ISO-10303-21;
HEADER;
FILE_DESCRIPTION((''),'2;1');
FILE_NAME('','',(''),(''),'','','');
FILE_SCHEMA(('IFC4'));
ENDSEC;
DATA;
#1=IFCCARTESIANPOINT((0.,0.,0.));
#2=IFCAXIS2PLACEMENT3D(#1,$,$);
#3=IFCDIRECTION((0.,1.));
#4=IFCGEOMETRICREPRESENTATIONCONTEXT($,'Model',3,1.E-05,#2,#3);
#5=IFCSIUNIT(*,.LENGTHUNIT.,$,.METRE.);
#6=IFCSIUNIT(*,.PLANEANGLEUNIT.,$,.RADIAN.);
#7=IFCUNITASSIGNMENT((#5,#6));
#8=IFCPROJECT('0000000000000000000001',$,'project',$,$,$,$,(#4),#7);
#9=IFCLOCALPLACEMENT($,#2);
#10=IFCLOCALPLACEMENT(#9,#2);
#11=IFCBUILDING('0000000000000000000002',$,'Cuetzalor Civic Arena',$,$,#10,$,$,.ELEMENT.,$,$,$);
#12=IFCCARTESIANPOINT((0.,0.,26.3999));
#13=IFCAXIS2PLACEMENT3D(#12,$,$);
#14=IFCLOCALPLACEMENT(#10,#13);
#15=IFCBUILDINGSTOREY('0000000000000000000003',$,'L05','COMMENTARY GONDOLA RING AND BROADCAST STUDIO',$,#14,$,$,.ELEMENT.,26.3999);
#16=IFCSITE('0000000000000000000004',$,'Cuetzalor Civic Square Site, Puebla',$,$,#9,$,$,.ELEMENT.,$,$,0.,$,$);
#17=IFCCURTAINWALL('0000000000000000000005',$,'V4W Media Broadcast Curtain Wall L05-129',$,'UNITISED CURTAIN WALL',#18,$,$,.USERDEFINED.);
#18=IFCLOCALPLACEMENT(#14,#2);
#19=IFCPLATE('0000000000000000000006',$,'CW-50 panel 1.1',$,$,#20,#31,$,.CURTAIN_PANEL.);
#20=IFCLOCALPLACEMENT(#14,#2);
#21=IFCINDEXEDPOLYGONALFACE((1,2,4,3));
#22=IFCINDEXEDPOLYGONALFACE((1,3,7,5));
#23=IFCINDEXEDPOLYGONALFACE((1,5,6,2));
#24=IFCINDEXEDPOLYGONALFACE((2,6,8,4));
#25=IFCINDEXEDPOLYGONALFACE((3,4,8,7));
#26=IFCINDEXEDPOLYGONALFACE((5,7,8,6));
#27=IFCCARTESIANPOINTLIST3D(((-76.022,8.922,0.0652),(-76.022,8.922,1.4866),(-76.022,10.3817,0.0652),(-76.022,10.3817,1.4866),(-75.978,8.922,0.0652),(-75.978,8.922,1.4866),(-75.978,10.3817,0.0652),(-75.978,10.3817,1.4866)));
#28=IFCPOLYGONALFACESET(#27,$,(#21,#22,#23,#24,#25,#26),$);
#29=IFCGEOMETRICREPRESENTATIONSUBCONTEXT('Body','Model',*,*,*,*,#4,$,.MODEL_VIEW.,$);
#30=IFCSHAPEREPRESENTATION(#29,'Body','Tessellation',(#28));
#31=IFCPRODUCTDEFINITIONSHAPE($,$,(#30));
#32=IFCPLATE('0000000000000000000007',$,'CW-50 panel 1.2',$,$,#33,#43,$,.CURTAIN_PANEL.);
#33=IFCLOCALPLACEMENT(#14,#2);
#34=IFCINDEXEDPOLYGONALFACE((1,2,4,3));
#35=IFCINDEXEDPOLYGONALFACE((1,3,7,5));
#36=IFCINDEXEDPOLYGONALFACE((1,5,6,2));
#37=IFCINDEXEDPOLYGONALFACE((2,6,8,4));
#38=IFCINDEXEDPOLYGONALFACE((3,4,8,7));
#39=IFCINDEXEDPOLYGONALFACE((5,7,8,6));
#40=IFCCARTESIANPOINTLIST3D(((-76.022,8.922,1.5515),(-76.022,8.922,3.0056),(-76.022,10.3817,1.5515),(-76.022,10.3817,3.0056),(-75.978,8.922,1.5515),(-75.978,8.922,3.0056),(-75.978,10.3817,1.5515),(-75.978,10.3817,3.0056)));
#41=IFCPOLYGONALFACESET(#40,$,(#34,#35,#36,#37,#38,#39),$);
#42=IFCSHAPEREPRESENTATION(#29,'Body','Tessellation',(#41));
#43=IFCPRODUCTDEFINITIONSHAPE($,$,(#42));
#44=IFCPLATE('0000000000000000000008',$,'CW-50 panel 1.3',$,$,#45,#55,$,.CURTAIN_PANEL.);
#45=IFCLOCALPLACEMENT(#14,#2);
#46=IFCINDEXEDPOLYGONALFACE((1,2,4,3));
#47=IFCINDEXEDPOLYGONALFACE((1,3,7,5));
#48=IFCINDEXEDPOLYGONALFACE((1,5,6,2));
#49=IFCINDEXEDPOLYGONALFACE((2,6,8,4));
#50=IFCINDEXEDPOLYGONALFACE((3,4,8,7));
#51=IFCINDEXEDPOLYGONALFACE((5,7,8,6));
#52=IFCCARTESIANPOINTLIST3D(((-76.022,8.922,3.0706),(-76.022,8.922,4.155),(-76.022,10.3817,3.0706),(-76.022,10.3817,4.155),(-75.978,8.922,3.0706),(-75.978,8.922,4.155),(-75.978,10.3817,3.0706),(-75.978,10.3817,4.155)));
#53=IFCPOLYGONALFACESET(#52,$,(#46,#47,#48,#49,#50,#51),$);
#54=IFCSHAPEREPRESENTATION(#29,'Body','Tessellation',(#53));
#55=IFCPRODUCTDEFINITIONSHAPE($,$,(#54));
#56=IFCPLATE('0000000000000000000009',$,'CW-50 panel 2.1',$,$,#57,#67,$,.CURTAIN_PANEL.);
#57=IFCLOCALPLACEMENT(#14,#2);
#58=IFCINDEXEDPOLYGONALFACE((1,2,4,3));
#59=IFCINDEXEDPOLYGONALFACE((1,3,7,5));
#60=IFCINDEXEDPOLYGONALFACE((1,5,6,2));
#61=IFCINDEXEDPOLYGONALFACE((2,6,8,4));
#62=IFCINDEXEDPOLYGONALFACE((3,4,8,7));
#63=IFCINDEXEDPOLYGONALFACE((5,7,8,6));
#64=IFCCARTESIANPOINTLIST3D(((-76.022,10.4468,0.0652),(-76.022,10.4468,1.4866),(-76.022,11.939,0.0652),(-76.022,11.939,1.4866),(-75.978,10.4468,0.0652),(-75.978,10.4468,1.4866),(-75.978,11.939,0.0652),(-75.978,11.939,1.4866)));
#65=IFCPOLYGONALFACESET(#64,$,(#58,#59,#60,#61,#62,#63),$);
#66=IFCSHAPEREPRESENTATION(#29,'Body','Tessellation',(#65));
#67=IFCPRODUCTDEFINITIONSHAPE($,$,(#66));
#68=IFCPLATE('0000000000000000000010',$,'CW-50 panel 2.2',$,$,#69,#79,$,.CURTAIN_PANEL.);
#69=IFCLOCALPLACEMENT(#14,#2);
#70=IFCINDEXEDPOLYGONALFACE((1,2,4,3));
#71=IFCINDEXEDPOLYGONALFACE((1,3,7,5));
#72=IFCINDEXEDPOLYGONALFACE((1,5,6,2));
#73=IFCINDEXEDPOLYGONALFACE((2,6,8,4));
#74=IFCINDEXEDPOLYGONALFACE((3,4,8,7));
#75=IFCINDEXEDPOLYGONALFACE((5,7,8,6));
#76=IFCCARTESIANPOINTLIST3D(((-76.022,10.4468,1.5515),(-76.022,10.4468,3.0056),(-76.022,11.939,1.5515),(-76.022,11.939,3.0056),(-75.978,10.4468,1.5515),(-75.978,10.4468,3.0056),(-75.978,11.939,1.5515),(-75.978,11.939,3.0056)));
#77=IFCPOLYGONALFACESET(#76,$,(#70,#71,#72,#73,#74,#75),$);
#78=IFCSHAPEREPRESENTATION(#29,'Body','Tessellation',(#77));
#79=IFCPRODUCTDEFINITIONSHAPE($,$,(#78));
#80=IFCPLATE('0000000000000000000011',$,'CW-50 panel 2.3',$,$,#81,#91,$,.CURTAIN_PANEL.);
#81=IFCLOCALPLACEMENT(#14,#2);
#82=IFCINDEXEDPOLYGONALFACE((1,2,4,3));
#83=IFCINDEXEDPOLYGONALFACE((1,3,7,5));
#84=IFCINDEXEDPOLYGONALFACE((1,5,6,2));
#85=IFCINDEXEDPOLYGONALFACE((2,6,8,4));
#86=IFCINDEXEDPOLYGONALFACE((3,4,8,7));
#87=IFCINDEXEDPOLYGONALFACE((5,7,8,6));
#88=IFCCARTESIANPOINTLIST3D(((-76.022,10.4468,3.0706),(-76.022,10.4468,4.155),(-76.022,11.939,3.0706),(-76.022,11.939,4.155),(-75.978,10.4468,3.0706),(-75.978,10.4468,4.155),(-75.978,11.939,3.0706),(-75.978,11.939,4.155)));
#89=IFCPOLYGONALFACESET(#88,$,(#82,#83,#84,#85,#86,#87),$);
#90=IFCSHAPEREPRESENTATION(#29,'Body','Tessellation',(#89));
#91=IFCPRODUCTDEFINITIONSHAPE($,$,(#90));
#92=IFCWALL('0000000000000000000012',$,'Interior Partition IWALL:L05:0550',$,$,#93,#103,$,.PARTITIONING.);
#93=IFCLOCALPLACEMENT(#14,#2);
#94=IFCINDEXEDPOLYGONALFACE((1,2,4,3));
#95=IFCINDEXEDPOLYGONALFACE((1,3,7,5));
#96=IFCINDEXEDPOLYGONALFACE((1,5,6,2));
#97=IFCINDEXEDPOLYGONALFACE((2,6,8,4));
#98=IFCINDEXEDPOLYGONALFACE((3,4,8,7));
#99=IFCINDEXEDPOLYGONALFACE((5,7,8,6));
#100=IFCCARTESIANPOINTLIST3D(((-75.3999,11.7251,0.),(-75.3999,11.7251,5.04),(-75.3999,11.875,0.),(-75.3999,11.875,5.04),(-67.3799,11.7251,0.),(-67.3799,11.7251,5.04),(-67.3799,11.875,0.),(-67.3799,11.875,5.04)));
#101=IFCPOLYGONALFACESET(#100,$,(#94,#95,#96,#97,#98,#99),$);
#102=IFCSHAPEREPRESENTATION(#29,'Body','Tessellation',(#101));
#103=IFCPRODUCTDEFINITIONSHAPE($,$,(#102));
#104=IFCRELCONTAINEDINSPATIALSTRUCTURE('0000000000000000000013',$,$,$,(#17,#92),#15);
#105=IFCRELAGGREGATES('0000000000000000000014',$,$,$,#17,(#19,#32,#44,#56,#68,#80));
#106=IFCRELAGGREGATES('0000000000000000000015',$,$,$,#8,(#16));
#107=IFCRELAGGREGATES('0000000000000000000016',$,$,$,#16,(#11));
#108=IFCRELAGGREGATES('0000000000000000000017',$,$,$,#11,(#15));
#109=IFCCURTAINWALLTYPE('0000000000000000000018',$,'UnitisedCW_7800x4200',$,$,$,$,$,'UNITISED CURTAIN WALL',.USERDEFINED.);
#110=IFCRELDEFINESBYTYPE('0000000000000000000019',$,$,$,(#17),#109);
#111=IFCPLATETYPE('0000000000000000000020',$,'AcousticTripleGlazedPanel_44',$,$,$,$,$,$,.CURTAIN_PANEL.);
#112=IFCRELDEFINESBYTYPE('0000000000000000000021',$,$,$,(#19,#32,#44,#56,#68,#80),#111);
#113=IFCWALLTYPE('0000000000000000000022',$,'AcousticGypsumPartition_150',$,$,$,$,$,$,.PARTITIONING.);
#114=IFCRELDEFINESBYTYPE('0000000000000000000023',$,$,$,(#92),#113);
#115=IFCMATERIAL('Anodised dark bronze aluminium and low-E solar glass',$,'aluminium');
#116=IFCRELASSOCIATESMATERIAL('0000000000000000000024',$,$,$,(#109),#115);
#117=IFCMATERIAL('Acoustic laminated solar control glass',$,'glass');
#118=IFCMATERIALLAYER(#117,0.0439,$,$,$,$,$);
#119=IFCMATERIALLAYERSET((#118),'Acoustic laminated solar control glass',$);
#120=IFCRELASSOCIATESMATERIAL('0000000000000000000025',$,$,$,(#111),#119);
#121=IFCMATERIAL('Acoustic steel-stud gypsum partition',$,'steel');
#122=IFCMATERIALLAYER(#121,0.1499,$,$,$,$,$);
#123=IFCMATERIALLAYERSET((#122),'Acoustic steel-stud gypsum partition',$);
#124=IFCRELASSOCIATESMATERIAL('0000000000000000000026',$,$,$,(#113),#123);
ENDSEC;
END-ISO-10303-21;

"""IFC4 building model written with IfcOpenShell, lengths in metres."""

from ifc_helpers import new_model, si_unit, direction, frame, frame_2d, origin, origin_2d, place, context, subcontext, project, spatial, rectangle, extrude, material, layer, layer_set, type_object, element, aggregate, save


model = new_model("IFC4")

# Units and contexts
model_context = context("Model", 3, precision=1e-05, world=origin(), true_north=direction((0.0, 1.0)))
body_context = subcontext(model_context, "Body", "Model", "MODEL_VIEW")
ifc_project = project(units=[si_unit("LENGTHUNIT", "METRE"), si_unit("PLANEANGLEUNIT", "RADIAN")], contexts=[model_context])

# Site, building, storey
site_placement = place(None, origin())
site = spatial("IfcSite", under=ifc_project, at=site_placement, Name="Cuetzalor Civic Square Site, Puebla", CompositionType="ELEMENT", RefElevation=0.0)
building_placement = place(site_placement, origin())
building = spatial("IfcBuilding", under=site, at=building_placement, Name="Cuetzalor Civic Arena", CompositionType="ELEMENT")
storey_placement = place(building_placement, frame((0.0, 0.0, 26.3999)))
storey = spatial("IfcBuildingStorey", under=building, at=storey_placement, Name="L05", Description="COMMENTARY GONDOLA RING AND BROADCAST STUDIO", CompositionType="ELEMENT", Elevation=26.3999)

# Curtain wall, plates
ifc_material_1 = material(Name="Anodised dark bronze aluminium and low-E solar glass", Category="aluminium")
curtain_wall_type = type_object("IfcCurtainWallType", Name="UnitisedCW_7800x4200", ElementType="UNITISED CURTAIN WALL", PredefinedType="USERDEFINED", material=ifc_material_1)
curtain_wall_placement = place(storey_placement, origin())
curtain_wall = element("IfcCurtainWall", 1, at=curtain_wall_placement, inside=storey, type_object=curtain_wall_type, Name="V4W Media Broadcast Curtain Wall L05-129", ObjectType="UNITISED CURTAIN WALL", PredefinedType="USERDEFINED")
ifc_material_2 = material(Name="Acoustic laminated solar control glass", Category="glass")
ifc_layer_1 = layer(ifc_material_2, 0.0439)
ifc_layer_set_1 = layer_set([ifc_layer_1], Name="Acoustic laminated solar control glass")
plate_type = type_object("IfcPlateType", Name="AcousticTripleGlazedPanel_44", PredefinedType="CURTAIN_PANEL", material=ifc_layer_set_1)
plate_1_placement = place(storey_placement, frame((-76.0, 9.6519, 0.0652), z_axis=(0.0, 0.0, 1.0), x_axis=(0.0, 1.0, 0.0)))
plate_1 = element("IfcPlate", 2, at=plate_1_placement, type_object=plate_type, Name="CW-50 panel 1.1", PredefinedType="CURTAIN_PANEL", context=body_context, shape_type="SweptSolid", body=[
    extrude(rectangle(XDim=1.4597, YDim=0.0439, at=origin_2d()), origin(), (0.0, 0.0, 1.0), 1.4214),
])
plate_2_placement = place(storey_placement, frame((-76.0, 9.6519, 1.5515), z_axis=(0.0, 0.0, 1.0), x_axis=(0.0, 1.0, 0.0)))
plate_2 = element("IfcPlate", 3, at=plate_2_placement, type_object=plate_type, Name="CW-50 panel 1.2", PredefinedType="CURTAIN_PANEL", context=body_context, shape_type="SweptSolid", body=[
    extrude(rectangle(XDim=1.4597, YDim=0.0439, at=origin_2d()), origin(), (0.0, 0.0, 1.0), 1.4541),
])
plate_3_placement = place(storey_placement, frame((-76.0, 9.6519, 3.0706), z_axis=(0.0, 0.0, 1.0), x_axis=(0.0, 1.0, 0.0)))
plate_3 = element("IfcPlate", 4, at=plate_3_placement, type_object=plate_type, Name="CW-50 panel 1.3", PredefinedType="CURTAIN_PANEL", context=body_context, shape_type="SweptSolid", body=[
    extrude(rectangle(XDim=1.4597, YDim=0.0439, at=origin_2d()), origin(), (0.0, 0.0, 1.0), 1.0845),
])
plate_4_placement = place(storey_placement, frame((-76.0, 11.1929, 0.0652), z_axis=(0.0, 0.0, 1.0), x_axis=(0.0, 1.0, 0.0)))
plate_4 = element("IfcPlate", 5, at=plate_4_placement, type_object=plate_type, Name="CW-50 panel 2.1", PredefinedType="CURTAIN_PANEL", context=body_context, shape_type="SweptSolid", body=[
    extrude(rectangle(XDim=1.4922, YDim=0.0439, at=origin_2d()), origin(), (0.0, 0.0, 1.0), 1.4214),
])
plate_5_placement = place(storey_placement, frame((-76.0, 11.1929, 1.5515), z_axis=(0.0, 0.0, 1.0), x_axis=(0.0, 1.0, 0.0)))
plate_5 = element("IfcPlate", 6, at=plate_5_placement, type_object=plate_type, Name="CW-50 panel 2.2", PredefinedType="CURTAIN_PANEL", context=body_context, shape_type="SweptSolid", body=[
    extrude(rectangle(XDim=1.4922, YDim=0.0439, at=origin_2d()), origin(), (0.0, 0.0, 1.0), 1.4541),
])
plate_6_placement = place(storey_placement, frame((-76.0, 11.1929, 3.0706), z_axis=(0.0, 0.0, 1.0), x_axis=(0.0, 1.0, 0.0)))
plate_6 = element("IfcPlate", 7, at=plate_6_placement, type_object=plate_type, Name="CW-50 panel 2.3", PredefinedType="CURTAIN_PANEL", context=body_context, shape_type="SweptSolid", body=[
    extrude(rectangle(XDim=1.4922, YDim=0.0439, at=origin_2d()), origin(), (0.0, 0.0, 1.0), 1.0845),
])
aggregate(curtain_wall, [plate_1, plate_2, plate_3, plate_4, plate_5, plate_6])

# Wall
ifc_material_3 = material(Name="Acoustic steel-stud gypsum partition", Category="steel")
ifc_layer_2 = layer(ifc_material_3, 0.1499)
ifc_layer_set_2 = layer_set([ifc_layer_2], Name="Acoustic steel-stud gypsum partition")
wall_type = type_object("IfcWallType", Name="AcousticGypsumPartition_150", PredefinedType="PARTITIONING", material=ifc_layer_set_2)
wall_placement = place(storey_placement, frame((-75.3999, 11.8, 0.0), z_axis=(0.0, 0.0, 1.0), x_axis=(1.0, 0.0, 0.0)))
element("IfcWall", 8, at=wall_placement, inside=storey, type_object=wall_type, Name="Interior Partition IWALL:L05:0550", PredefinedType="PARTITIONING", context=body_context, shape_type="SweptSolid", body=[
    extrude(rectangle(XDim=8.02, YDim=0.1499, at=frame_2d((4.01, 0.0))), origin(), (0.0, 0.0, 1.0), 5.04),
])

save(model, "model.ifc")
